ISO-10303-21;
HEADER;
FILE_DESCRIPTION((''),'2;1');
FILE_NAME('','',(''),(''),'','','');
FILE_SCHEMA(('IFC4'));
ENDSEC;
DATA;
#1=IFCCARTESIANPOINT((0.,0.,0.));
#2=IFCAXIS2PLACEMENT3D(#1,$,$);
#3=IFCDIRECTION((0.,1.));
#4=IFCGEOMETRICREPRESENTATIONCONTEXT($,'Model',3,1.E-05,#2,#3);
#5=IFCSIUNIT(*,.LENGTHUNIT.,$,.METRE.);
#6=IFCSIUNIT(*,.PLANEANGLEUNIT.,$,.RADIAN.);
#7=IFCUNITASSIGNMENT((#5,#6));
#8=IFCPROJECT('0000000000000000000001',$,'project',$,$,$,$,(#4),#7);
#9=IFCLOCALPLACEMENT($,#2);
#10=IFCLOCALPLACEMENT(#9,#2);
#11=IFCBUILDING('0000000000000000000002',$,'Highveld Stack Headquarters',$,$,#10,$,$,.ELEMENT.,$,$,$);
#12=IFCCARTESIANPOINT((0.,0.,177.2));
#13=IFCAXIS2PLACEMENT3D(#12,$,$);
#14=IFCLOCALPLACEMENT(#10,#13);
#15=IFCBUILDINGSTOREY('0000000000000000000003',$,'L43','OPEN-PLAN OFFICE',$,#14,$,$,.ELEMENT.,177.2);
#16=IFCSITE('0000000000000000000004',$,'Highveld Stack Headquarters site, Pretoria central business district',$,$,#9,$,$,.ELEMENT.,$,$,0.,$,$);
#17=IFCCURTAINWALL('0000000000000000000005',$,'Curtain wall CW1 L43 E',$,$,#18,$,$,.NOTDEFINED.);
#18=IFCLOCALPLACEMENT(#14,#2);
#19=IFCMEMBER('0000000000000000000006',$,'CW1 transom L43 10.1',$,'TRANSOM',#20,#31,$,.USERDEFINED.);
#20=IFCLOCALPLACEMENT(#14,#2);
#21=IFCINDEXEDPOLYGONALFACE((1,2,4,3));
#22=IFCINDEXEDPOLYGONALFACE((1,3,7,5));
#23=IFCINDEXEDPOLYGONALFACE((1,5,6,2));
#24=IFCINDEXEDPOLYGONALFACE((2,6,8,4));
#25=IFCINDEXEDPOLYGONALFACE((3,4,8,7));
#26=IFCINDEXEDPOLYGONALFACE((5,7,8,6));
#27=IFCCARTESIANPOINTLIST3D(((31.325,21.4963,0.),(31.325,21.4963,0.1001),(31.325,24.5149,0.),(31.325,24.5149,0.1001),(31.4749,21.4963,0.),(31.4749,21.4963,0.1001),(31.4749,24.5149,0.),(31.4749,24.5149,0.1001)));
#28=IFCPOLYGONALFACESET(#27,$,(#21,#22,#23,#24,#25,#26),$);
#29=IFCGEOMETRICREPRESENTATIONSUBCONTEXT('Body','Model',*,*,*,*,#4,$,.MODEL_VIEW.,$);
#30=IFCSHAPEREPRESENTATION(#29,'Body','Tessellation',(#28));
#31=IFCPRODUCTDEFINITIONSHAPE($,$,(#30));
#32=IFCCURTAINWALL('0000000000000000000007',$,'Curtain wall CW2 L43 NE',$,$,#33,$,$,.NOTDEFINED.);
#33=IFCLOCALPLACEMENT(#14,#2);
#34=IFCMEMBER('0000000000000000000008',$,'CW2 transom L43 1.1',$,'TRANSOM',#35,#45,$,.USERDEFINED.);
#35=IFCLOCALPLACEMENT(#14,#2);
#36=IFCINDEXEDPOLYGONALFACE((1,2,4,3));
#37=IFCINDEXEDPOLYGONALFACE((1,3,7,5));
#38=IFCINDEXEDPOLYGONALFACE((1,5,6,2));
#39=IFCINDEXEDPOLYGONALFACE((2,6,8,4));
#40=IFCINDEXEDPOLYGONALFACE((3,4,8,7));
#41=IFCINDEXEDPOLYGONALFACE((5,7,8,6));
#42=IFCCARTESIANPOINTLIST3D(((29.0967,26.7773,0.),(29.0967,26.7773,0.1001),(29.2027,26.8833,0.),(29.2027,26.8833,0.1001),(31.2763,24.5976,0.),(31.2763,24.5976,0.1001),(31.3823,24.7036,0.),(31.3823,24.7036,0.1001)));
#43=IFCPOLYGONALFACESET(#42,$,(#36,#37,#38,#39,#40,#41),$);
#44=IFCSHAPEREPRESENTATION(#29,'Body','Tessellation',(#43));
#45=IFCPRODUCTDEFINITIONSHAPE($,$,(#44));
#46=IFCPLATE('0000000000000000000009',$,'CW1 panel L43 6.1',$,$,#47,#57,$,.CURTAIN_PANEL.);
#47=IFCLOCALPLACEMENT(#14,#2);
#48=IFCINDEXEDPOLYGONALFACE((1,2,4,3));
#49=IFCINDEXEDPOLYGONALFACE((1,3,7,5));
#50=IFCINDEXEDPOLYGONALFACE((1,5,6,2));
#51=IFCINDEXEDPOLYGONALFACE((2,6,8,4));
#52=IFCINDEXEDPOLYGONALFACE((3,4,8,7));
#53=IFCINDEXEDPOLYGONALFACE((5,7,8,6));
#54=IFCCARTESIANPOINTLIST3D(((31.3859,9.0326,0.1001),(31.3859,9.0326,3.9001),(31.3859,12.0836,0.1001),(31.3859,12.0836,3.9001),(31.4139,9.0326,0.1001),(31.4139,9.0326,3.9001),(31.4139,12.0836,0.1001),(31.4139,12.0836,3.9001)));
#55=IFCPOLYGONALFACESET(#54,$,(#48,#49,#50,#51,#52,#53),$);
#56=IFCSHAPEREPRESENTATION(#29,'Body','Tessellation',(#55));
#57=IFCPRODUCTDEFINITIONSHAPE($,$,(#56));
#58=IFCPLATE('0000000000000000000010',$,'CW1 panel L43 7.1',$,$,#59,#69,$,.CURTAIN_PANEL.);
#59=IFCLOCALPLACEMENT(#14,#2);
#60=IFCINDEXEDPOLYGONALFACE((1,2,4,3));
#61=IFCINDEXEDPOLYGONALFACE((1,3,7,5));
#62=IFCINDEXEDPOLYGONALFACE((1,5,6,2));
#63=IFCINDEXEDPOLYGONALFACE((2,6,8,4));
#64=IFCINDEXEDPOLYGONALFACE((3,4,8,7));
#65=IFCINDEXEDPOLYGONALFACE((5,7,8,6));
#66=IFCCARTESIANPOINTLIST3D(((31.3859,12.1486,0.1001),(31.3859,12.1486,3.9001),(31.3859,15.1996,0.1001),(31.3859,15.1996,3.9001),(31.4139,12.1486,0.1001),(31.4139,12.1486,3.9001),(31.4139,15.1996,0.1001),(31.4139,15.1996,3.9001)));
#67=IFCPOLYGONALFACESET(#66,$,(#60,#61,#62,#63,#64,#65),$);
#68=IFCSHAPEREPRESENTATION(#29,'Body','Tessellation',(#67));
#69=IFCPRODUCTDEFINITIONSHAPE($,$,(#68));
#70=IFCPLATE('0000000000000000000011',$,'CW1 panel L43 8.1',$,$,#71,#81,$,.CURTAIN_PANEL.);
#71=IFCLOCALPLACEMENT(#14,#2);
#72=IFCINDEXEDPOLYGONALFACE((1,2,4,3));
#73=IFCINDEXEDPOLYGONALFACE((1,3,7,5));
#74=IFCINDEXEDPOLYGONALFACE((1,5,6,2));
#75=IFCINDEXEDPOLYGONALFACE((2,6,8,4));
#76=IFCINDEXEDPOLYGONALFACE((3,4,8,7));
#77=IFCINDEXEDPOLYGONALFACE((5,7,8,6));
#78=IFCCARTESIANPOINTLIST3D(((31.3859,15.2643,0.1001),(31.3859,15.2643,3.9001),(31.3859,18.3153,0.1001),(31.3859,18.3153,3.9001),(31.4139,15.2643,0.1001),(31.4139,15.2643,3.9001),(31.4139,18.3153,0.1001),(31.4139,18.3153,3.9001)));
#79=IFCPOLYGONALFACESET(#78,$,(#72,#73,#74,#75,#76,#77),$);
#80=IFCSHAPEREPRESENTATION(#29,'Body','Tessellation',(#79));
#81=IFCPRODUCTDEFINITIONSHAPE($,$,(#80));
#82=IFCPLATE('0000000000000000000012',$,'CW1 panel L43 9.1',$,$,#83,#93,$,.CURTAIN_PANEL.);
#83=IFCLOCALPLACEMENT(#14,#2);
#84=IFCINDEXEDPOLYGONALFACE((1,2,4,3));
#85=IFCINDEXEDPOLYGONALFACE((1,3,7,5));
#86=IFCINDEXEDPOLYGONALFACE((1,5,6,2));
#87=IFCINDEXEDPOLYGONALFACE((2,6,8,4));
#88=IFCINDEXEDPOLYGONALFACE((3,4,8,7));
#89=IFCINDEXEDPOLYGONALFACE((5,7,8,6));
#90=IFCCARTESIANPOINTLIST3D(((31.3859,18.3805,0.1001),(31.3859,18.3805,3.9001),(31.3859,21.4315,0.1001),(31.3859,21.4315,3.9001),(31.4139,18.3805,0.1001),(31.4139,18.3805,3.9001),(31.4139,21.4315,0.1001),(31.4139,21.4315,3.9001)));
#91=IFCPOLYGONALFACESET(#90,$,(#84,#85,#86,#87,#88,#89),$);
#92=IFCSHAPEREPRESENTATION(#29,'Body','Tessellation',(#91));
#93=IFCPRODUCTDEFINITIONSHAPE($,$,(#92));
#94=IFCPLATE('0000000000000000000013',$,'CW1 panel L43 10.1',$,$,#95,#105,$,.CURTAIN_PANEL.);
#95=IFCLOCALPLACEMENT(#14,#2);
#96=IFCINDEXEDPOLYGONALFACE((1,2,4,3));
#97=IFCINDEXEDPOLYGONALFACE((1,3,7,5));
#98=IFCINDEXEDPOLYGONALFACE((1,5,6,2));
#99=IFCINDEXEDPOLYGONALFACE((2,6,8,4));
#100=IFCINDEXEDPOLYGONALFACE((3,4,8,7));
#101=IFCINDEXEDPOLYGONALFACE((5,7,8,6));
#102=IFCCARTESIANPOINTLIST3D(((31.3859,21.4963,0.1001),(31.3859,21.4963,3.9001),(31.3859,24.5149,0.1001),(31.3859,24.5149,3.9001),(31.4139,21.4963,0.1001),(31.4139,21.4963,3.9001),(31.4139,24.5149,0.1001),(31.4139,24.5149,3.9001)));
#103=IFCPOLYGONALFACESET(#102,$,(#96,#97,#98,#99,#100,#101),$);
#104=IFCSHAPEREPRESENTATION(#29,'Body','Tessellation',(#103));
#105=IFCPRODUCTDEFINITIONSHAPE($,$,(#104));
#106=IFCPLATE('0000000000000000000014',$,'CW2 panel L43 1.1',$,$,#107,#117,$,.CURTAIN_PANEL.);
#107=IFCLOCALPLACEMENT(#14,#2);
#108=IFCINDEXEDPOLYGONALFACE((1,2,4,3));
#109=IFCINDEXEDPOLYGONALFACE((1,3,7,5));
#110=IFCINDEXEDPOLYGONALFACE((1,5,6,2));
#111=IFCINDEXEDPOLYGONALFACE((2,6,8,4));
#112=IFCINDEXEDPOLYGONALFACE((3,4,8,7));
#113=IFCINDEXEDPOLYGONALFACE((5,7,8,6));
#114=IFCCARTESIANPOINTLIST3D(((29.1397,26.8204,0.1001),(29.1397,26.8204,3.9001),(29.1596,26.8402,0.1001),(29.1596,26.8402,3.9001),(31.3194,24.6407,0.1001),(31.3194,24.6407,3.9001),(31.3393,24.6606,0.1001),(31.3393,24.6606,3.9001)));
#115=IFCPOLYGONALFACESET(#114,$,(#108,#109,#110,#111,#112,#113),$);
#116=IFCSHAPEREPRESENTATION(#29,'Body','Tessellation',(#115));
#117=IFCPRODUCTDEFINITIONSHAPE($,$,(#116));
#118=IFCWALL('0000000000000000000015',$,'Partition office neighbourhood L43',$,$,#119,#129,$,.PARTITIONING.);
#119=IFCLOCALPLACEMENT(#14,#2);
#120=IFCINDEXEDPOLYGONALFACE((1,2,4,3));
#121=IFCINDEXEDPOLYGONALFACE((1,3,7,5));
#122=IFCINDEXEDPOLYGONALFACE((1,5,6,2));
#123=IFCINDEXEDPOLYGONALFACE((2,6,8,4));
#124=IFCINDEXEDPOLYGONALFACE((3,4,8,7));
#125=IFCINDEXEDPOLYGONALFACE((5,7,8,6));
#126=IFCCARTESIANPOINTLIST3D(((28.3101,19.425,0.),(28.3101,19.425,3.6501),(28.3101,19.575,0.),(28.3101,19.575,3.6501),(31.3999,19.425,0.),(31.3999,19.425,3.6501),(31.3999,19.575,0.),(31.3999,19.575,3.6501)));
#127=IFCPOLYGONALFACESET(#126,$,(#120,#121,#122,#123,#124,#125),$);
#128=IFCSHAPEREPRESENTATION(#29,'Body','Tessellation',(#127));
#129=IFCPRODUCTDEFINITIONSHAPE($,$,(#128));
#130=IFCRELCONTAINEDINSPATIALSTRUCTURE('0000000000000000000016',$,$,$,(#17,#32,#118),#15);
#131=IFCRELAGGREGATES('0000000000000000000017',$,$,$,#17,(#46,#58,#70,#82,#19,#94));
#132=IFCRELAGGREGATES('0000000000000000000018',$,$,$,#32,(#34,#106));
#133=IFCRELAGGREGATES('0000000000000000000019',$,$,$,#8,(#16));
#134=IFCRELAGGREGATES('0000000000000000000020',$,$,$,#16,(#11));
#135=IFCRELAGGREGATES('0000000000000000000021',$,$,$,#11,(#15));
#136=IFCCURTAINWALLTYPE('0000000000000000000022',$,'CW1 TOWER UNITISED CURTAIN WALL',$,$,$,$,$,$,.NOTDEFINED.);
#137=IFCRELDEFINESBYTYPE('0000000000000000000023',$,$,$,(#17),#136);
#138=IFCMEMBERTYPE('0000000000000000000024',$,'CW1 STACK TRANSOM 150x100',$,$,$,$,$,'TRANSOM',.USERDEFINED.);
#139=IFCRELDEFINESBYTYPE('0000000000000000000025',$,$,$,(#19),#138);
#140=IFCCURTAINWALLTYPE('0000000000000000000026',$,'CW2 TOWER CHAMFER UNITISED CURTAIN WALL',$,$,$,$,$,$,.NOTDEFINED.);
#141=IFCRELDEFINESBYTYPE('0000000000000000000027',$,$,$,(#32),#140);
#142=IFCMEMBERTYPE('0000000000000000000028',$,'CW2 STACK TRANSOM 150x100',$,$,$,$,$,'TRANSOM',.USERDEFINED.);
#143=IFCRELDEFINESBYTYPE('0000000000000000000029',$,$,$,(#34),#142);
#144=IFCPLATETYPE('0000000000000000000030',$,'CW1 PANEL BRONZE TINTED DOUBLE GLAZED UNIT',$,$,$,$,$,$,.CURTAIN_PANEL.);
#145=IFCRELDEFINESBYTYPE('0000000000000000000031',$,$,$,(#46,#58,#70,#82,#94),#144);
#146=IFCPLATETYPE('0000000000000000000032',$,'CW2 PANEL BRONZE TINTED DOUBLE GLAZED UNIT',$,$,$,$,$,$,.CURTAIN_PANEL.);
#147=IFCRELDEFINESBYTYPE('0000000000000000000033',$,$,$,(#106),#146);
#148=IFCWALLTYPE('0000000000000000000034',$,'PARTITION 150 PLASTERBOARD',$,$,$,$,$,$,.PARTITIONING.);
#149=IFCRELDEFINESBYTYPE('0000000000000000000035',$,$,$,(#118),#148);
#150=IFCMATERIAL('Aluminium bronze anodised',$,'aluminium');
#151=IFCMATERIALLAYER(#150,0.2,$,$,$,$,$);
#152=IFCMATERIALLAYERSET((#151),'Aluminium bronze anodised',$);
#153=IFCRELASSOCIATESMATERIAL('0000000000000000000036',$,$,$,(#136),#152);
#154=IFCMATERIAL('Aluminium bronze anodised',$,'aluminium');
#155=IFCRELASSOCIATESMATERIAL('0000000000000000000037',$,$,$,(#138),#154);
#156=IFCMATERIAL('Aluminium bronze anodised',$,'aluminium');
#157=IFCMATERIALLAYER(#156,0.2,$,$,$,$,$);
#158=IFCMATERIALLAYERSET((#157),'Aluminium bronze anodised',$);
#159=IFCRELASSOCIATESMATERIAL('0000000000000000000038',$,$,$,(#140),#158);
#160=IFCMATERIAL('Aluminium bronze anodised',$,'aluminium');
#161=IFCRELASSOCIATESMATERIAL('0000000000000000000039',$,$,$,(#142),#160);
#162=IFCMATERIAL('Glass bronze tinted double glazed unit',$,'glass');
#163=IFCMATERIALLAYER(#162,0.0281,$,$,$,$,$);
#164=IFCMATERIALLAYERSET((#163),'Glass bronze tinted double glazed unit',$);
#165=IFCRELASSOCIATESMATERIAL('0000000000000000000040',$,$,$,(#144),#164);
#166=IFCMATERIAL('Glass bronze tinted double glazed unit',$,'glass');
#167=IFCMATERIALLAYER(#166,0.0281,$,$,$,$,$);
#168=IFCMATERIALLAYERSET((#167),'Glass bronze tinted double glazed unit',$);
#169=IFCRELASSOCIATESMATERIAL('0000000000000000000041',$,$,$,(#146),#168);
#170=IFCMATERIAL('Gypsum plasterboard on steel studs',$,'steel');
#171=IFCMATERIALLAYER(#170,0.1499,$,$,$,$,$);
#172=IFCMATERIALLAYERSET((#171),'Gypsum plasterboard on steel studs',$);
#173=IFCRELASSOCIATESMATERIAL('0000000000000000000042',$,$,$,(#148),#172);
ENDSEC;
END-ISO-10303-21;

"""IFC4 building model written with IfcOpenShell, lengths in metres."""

from ifc_helpers import new_model, si_unit, direction, frame, frame_2d, origin, origin_2d, place, context, subcontext, project, spatial, rectangle, extrude, material, layer, layer_set, material_profile, profile_set, type_object, element, aggregate, save


model = new_model("IFC4")

# Units and contexts
model_context = context("Model", 3, precision=1e-05, world=origin(), true_north=direction((0.0, 1.0)))
body_context = subcontext(model_context, "Body", "Model", "MODEL_VIEW")
ifc_project = project(units=[si_unit("LENGTHUNIT", "METRE"), si_unit("PLANEANGLEUNIT", "RADIAN")], contexts=[model_context])

# Site, building, storey
site_placement = place(None, origin())
site = spatial("IfcSite", under=ifc_project, at=site_placement, Name="Highveld Stack Headquarters site, Pretoria central business district", CompositionType="ELEMENT", RefElevation=0.0)
building_placement = place(site_placement, origin())
building = spatial("IfcBuilding", under=site, at=building_placement, Name="Highveld Stack Headquarters", CompositionType="ELEMENT")
storey_placement = place(building_placement, frame((0.0, 0.0, 177.2)))
storey = spatial("IfcBuildingStorey", under=building, at=storey_placement, Name="L43", Description="OPEN-PLAN OFFICE", CompositionType="ELEMENT", Elevation=177.2)

# Curtain wall, member
ifc_material_1 = material(Name="Aluminium bronze anodised", Category="aluminium")
ifc_layer_1 = layer(ifc_material_1, 0.2)
ifc_layer_set_1 = layer_set([ifc_layer_1], Name="Aluminium bronze anodised")
curtain_wall_type_1 = type_object("IfcCurtainWallType", Name="CW1 TOWER UNITISED CURTAIN WALL", PredefinedType="NOTDEFINED", material=ifc_layer_set_1)
curtain_wall_1_placement = place(storey_placement, origin())
curtain_wall_1 = element("IfcCurtainWall", 1, at=curtain_wall_1_placement, inside=storey, type_object=curtain_wall_type_1, Name="Curtain wall CW1 L43 E", PredefinedType="NOTDEFINED")
ifc_material_2 = material(Name="Aluminium bronze anodised", Category="aluminium")
ifc_material_profile_1 = material_profile(ifc_material_2, rectangle(XDim=0.1499, YDim=0.1001, at=origin_2d()), Name="CW1 TRANSOM 150x100")
ifc_profile_set_1 = profile_set([ifc_material_profile_1], Name="Aluminium bronze anodised")
member_type_1 = type_object("IfcMemberType", Name="CW1 STACK TRANSOM 150x100", ElementType="TRANSOM", PredefinedType="USERDEFINED", material=ifc_profile_set_1)
member_1_placement = place(storey_placement, frame((31.3999, 21.4963, 0.05), z_axis=(0.0, 1.0, 0.0), x_axis=(-1.0, 0.0, 0.0)))
member_1 = element("IfcMember", 2, at=member_1_placement, type_object=member_type_1, Name="CW1 transom L43 10.1", ObjectType="TRANSOM", PredefinedType="USERDEFINED", context=body_context, shape_type="SweptSolid", body=[
    extrude(rectangle(XDim=0.1499, YDim=0.1001, at=origin_2d()), origin(), (0.0, 0.0, 1.0), 3.0186),
])

# Curtain wall, member
ifc_material_3 = material(Name="Aluminium bronze anodised", Category="aluminium")
ifc_layer_2 = layer(ifc_material_3, 0.2)
ifc_layer_set_2 = layer_set([ifc_layer_2], Name="Aluminium bronze anodised")
curtain_wall_type_2 = type_object("IfcCurtainWallType", Name="CW2 TOWER CHAMFER UNITISED CURTAIN WALL", PredefinedType="NOTDEFINED", material=ifc_layer_set_2)
curtain_wall_2_placement = place(storey_placement, origin())
curtain_wall_2 = element("IfcCurtainWall", 3, at=curtain_wall_2_placement, inside=storey, type_object=curtain_wall_type_2, Name="Curtain wall CW2 L43 NE", PredefinedType="NOTDEFINED")
ifc_material_4 = material(Name="Aluminium bronze anodised", Category="aluminium")
ifc_material_profile_2 = material_profile(ifc_material_4, rectangle(XDim=0.1499, YDim=0.1001, at=origin_2d()), Name="CW2 TRANSOM 150x100")
ifc_profile_set_2 = profile_set([ifc_material_profile_2], Name="Aluminium bronze anodised")
member_type_2 = type_object("IfcMemberType", Name="CW2 STACK TRANSOM 150x100", ElementType="TRANSOM", PredefinedType="USERDEFINED", material=ifc_profile_set_2)
member_2_placement = place(storey_placement, frame((31.3293, 24.6506, 0.05), z_axis=(-0.707107, 0.707107, 0.0), x_axis=(-0.707107, -0.707107, 0.0)))
member_2 = element("IfcMember", 4, at=member_2_placement, type_object=member_type_2, Name="CW2 transom L43 1.1", ObjectType="TRANSOM", PredefinedType="USERDEFINED", context=body_context, shape_type="SweptSolid", body=[
    extrude(rectangle(XDim=0.1499, YDim=0.1001, at=origin_2d()), origin(), (0.0, 0.0, 1.0), 3.0825),
])

# Plates
ifc_material_5 = material(Name="Glass bronze tinted double glazed unit", Category="glass")
ifc_layer_3 = layer(ifc_material_5, 0.0281)
ifc_layer_set_3 = layer_set([ifc_layer_3], Name="Glass bronze tinted double glazed unit")
plate_type_1 = type_object("IfcPlateType", Name="CW1 PANEL BRONZE TINTED DOUBLE GLAZED UNIT", PredefinedType="CURTAIN_PANEL", material=ifc_layer_set_3)
plate_1_placement = place(storey_placement, frame((31.3999, 10.5581, 0.1001), z_axis=(0.0, 0.0, 1.0), x_axis=(0.0, 1.0, 0.0)))
plate_1 = element("IfcPlate", 5, at=plate_1_placement, type_object=plate_type_1, Name="CW1 panel L43 6.1", PredefinedType="CURTAIN_PANEL", context=body_context, shape_type="SweptSolid", body=[
    extrude(rectangle(XDim=3.051, YDim=0.0281, at=origin_2d()), origin(), (0.0, 0.0, 1.0), 3.8),
])
plate_2_placement = place(storey_placement, frame((31.3999, 13.6741, 0.1001), z_axis=(0.0, 0.0, 1.0), x_axis=(0.0, 1.0, 0.0)))
plate_2 = element("IfcPlate", 6, at=plate_2_placement, type_object=plate_type_1, Name="CW1 panel L43 7.1", PredefinedType="CURTAIN_PANEL", context=body_context, shape_type="SweptSolid", body=[
    extrude(rectangle(XDim=3.051, YDim=0.0281, at=origin_2d()), origin(), (0.0, 0.0, 1.0), 3.8),
])
plate_3_placement = place(storey_placement, frame((31.3999, 16.7898, 0.1001), z_axis=(0.0, 0.0, 1.0), x_axis=(0.0, 1.0, 0.0)))
plate_3 = element("IfcPlate", 7, at=plate_3_placement, type_object=plate_type_1, Name="CW1 panel L43 8.1", PredefinedType="CURTAIN_PANEL", context=body_context, shape_type="SweptSolid", body=[
    extrude(rectangle(XDim=3.051, YDim=0.0281, at=origin_2d()), origin(), (0.0, 0.0, 1.0), 3.8),
])
plate_4_placement = place(storey_placement, frame((31.3999, 19.906, 0.1001), z_axis=(0.0, 0.0, 1.0), x_axis=(0.0, 1.0, 0.0)))
plate_4 = element("IfcPlate", 8, at=plate_4_placement, type_object=plate_type_1, Name="CW1 panel L43 9.1", PredefinedType="CURTAIN_PANEL", context=body_context, shape_type="SweptSolid", body=[
    extrude(rectangle(XDim=3.051, YDim=0.0281, at=origin_2d()), origin(), (0.0, 0.0, 1.0), 3.8),
])
plate_5_placement = place(storey_placement, frame((31.3999, 23.0056, 0.1001), z_axis=(0.0, 0.0, 1.0), x_axis=(0.0, 1.0, 0.0)))
plate_5 = element("IfcPlate", 9, at=plate_5_placement, type_object=plate_type_1, Name="CW1 panel L43 10.1", PredefinedType="CURTAIN_PANEL", context=body_context, shape_type="SweptSolid", body=[
    extrude(rectangle(XDim=3.0186, YDim=0.0281, at=origin_2d()), origin(), (0.0, 0.0, 1.0), 3.8),
])
aggregate(curtain_wall_1, [plate_1, plate_2, plate_3, plate_4, member_1, plate_5])
ifc_material_6 = material(Name="Glass bronze tinted double glazed unit", Category="glass")
ifc_layer_4 = layer(ifc_material_6, 0.0281)
ifc_layer_set_4 = layer_set([ifc_layer_4], Name="Glass bronze tinted double glazed unit")
plate_type_2 = type_object("IfcPlateType", Name="CW2 PANEL BRONZE TINTED DOUBLE GLAZED UNIT", PredefinedType="CURTAIN_PANEL", material=ifc_layer_set_4)
plate_6_placement = place(storey_placement, frame((30.2395, 25.7405, 0.1001), z_axis=(0.0, 0.0, 1.0), x_axis=(-0.707107, 0.707107, 0.0)))
plate_6 = element("IfcPlate", 10, at=plate_6_placement, type_object=plate_type_2, Name="CW2 panel L43 1.1", PredefinedType="CURTAIN_PANEL", context=body_context, shape_type="SweptSolid", body=[
    extrude(rectangle(XDim=3.0825, YDim=0.0281, at=origin_2d()), origin(), (0.0, 0.0, 1.0), 3.8),
])
aggregate(curtain_wall_2, [member_2, plate_6])

# Wall
ifc_material_7 = material(Name="Gypsum plasterboard on steel studs", Category="steel")
ifc_layer_5 = layer(ifc_material_7, 0.1499)
ifc_layer_set_5 = layer_set([ifc_layer_5], Name="Gypsum plasterboard on steel studs")
wall_type = type_object("IfcWallType", Name="PARTITION 150 PLASTERBOARD", PredefinedType="PARTITIONING", material=ifc_layer_set_5)
wall_placement = place(storey_placement, frame((28.3101, 19.5, 0.0), z_axis=(0.0, 0.0, 1.0), x_axis=(1.0, 0.0, 0.0)))
element("IfcWall", 11, at=wall_placement, inside=storey, type_object=wall_type, Name="Partition office neighbourhood L43", PredefinedType="PARTITIONING", context=body_context, shape_type="SweptSolid", body=[
    extrude(rectangle(XDim=3.0898, YDim=0.1499, at=frame_2d((1.5449, 0.0))), origin(), (0.0, 0.0, 1.0), 3.6501),
])

save(model, "model.ifc")
